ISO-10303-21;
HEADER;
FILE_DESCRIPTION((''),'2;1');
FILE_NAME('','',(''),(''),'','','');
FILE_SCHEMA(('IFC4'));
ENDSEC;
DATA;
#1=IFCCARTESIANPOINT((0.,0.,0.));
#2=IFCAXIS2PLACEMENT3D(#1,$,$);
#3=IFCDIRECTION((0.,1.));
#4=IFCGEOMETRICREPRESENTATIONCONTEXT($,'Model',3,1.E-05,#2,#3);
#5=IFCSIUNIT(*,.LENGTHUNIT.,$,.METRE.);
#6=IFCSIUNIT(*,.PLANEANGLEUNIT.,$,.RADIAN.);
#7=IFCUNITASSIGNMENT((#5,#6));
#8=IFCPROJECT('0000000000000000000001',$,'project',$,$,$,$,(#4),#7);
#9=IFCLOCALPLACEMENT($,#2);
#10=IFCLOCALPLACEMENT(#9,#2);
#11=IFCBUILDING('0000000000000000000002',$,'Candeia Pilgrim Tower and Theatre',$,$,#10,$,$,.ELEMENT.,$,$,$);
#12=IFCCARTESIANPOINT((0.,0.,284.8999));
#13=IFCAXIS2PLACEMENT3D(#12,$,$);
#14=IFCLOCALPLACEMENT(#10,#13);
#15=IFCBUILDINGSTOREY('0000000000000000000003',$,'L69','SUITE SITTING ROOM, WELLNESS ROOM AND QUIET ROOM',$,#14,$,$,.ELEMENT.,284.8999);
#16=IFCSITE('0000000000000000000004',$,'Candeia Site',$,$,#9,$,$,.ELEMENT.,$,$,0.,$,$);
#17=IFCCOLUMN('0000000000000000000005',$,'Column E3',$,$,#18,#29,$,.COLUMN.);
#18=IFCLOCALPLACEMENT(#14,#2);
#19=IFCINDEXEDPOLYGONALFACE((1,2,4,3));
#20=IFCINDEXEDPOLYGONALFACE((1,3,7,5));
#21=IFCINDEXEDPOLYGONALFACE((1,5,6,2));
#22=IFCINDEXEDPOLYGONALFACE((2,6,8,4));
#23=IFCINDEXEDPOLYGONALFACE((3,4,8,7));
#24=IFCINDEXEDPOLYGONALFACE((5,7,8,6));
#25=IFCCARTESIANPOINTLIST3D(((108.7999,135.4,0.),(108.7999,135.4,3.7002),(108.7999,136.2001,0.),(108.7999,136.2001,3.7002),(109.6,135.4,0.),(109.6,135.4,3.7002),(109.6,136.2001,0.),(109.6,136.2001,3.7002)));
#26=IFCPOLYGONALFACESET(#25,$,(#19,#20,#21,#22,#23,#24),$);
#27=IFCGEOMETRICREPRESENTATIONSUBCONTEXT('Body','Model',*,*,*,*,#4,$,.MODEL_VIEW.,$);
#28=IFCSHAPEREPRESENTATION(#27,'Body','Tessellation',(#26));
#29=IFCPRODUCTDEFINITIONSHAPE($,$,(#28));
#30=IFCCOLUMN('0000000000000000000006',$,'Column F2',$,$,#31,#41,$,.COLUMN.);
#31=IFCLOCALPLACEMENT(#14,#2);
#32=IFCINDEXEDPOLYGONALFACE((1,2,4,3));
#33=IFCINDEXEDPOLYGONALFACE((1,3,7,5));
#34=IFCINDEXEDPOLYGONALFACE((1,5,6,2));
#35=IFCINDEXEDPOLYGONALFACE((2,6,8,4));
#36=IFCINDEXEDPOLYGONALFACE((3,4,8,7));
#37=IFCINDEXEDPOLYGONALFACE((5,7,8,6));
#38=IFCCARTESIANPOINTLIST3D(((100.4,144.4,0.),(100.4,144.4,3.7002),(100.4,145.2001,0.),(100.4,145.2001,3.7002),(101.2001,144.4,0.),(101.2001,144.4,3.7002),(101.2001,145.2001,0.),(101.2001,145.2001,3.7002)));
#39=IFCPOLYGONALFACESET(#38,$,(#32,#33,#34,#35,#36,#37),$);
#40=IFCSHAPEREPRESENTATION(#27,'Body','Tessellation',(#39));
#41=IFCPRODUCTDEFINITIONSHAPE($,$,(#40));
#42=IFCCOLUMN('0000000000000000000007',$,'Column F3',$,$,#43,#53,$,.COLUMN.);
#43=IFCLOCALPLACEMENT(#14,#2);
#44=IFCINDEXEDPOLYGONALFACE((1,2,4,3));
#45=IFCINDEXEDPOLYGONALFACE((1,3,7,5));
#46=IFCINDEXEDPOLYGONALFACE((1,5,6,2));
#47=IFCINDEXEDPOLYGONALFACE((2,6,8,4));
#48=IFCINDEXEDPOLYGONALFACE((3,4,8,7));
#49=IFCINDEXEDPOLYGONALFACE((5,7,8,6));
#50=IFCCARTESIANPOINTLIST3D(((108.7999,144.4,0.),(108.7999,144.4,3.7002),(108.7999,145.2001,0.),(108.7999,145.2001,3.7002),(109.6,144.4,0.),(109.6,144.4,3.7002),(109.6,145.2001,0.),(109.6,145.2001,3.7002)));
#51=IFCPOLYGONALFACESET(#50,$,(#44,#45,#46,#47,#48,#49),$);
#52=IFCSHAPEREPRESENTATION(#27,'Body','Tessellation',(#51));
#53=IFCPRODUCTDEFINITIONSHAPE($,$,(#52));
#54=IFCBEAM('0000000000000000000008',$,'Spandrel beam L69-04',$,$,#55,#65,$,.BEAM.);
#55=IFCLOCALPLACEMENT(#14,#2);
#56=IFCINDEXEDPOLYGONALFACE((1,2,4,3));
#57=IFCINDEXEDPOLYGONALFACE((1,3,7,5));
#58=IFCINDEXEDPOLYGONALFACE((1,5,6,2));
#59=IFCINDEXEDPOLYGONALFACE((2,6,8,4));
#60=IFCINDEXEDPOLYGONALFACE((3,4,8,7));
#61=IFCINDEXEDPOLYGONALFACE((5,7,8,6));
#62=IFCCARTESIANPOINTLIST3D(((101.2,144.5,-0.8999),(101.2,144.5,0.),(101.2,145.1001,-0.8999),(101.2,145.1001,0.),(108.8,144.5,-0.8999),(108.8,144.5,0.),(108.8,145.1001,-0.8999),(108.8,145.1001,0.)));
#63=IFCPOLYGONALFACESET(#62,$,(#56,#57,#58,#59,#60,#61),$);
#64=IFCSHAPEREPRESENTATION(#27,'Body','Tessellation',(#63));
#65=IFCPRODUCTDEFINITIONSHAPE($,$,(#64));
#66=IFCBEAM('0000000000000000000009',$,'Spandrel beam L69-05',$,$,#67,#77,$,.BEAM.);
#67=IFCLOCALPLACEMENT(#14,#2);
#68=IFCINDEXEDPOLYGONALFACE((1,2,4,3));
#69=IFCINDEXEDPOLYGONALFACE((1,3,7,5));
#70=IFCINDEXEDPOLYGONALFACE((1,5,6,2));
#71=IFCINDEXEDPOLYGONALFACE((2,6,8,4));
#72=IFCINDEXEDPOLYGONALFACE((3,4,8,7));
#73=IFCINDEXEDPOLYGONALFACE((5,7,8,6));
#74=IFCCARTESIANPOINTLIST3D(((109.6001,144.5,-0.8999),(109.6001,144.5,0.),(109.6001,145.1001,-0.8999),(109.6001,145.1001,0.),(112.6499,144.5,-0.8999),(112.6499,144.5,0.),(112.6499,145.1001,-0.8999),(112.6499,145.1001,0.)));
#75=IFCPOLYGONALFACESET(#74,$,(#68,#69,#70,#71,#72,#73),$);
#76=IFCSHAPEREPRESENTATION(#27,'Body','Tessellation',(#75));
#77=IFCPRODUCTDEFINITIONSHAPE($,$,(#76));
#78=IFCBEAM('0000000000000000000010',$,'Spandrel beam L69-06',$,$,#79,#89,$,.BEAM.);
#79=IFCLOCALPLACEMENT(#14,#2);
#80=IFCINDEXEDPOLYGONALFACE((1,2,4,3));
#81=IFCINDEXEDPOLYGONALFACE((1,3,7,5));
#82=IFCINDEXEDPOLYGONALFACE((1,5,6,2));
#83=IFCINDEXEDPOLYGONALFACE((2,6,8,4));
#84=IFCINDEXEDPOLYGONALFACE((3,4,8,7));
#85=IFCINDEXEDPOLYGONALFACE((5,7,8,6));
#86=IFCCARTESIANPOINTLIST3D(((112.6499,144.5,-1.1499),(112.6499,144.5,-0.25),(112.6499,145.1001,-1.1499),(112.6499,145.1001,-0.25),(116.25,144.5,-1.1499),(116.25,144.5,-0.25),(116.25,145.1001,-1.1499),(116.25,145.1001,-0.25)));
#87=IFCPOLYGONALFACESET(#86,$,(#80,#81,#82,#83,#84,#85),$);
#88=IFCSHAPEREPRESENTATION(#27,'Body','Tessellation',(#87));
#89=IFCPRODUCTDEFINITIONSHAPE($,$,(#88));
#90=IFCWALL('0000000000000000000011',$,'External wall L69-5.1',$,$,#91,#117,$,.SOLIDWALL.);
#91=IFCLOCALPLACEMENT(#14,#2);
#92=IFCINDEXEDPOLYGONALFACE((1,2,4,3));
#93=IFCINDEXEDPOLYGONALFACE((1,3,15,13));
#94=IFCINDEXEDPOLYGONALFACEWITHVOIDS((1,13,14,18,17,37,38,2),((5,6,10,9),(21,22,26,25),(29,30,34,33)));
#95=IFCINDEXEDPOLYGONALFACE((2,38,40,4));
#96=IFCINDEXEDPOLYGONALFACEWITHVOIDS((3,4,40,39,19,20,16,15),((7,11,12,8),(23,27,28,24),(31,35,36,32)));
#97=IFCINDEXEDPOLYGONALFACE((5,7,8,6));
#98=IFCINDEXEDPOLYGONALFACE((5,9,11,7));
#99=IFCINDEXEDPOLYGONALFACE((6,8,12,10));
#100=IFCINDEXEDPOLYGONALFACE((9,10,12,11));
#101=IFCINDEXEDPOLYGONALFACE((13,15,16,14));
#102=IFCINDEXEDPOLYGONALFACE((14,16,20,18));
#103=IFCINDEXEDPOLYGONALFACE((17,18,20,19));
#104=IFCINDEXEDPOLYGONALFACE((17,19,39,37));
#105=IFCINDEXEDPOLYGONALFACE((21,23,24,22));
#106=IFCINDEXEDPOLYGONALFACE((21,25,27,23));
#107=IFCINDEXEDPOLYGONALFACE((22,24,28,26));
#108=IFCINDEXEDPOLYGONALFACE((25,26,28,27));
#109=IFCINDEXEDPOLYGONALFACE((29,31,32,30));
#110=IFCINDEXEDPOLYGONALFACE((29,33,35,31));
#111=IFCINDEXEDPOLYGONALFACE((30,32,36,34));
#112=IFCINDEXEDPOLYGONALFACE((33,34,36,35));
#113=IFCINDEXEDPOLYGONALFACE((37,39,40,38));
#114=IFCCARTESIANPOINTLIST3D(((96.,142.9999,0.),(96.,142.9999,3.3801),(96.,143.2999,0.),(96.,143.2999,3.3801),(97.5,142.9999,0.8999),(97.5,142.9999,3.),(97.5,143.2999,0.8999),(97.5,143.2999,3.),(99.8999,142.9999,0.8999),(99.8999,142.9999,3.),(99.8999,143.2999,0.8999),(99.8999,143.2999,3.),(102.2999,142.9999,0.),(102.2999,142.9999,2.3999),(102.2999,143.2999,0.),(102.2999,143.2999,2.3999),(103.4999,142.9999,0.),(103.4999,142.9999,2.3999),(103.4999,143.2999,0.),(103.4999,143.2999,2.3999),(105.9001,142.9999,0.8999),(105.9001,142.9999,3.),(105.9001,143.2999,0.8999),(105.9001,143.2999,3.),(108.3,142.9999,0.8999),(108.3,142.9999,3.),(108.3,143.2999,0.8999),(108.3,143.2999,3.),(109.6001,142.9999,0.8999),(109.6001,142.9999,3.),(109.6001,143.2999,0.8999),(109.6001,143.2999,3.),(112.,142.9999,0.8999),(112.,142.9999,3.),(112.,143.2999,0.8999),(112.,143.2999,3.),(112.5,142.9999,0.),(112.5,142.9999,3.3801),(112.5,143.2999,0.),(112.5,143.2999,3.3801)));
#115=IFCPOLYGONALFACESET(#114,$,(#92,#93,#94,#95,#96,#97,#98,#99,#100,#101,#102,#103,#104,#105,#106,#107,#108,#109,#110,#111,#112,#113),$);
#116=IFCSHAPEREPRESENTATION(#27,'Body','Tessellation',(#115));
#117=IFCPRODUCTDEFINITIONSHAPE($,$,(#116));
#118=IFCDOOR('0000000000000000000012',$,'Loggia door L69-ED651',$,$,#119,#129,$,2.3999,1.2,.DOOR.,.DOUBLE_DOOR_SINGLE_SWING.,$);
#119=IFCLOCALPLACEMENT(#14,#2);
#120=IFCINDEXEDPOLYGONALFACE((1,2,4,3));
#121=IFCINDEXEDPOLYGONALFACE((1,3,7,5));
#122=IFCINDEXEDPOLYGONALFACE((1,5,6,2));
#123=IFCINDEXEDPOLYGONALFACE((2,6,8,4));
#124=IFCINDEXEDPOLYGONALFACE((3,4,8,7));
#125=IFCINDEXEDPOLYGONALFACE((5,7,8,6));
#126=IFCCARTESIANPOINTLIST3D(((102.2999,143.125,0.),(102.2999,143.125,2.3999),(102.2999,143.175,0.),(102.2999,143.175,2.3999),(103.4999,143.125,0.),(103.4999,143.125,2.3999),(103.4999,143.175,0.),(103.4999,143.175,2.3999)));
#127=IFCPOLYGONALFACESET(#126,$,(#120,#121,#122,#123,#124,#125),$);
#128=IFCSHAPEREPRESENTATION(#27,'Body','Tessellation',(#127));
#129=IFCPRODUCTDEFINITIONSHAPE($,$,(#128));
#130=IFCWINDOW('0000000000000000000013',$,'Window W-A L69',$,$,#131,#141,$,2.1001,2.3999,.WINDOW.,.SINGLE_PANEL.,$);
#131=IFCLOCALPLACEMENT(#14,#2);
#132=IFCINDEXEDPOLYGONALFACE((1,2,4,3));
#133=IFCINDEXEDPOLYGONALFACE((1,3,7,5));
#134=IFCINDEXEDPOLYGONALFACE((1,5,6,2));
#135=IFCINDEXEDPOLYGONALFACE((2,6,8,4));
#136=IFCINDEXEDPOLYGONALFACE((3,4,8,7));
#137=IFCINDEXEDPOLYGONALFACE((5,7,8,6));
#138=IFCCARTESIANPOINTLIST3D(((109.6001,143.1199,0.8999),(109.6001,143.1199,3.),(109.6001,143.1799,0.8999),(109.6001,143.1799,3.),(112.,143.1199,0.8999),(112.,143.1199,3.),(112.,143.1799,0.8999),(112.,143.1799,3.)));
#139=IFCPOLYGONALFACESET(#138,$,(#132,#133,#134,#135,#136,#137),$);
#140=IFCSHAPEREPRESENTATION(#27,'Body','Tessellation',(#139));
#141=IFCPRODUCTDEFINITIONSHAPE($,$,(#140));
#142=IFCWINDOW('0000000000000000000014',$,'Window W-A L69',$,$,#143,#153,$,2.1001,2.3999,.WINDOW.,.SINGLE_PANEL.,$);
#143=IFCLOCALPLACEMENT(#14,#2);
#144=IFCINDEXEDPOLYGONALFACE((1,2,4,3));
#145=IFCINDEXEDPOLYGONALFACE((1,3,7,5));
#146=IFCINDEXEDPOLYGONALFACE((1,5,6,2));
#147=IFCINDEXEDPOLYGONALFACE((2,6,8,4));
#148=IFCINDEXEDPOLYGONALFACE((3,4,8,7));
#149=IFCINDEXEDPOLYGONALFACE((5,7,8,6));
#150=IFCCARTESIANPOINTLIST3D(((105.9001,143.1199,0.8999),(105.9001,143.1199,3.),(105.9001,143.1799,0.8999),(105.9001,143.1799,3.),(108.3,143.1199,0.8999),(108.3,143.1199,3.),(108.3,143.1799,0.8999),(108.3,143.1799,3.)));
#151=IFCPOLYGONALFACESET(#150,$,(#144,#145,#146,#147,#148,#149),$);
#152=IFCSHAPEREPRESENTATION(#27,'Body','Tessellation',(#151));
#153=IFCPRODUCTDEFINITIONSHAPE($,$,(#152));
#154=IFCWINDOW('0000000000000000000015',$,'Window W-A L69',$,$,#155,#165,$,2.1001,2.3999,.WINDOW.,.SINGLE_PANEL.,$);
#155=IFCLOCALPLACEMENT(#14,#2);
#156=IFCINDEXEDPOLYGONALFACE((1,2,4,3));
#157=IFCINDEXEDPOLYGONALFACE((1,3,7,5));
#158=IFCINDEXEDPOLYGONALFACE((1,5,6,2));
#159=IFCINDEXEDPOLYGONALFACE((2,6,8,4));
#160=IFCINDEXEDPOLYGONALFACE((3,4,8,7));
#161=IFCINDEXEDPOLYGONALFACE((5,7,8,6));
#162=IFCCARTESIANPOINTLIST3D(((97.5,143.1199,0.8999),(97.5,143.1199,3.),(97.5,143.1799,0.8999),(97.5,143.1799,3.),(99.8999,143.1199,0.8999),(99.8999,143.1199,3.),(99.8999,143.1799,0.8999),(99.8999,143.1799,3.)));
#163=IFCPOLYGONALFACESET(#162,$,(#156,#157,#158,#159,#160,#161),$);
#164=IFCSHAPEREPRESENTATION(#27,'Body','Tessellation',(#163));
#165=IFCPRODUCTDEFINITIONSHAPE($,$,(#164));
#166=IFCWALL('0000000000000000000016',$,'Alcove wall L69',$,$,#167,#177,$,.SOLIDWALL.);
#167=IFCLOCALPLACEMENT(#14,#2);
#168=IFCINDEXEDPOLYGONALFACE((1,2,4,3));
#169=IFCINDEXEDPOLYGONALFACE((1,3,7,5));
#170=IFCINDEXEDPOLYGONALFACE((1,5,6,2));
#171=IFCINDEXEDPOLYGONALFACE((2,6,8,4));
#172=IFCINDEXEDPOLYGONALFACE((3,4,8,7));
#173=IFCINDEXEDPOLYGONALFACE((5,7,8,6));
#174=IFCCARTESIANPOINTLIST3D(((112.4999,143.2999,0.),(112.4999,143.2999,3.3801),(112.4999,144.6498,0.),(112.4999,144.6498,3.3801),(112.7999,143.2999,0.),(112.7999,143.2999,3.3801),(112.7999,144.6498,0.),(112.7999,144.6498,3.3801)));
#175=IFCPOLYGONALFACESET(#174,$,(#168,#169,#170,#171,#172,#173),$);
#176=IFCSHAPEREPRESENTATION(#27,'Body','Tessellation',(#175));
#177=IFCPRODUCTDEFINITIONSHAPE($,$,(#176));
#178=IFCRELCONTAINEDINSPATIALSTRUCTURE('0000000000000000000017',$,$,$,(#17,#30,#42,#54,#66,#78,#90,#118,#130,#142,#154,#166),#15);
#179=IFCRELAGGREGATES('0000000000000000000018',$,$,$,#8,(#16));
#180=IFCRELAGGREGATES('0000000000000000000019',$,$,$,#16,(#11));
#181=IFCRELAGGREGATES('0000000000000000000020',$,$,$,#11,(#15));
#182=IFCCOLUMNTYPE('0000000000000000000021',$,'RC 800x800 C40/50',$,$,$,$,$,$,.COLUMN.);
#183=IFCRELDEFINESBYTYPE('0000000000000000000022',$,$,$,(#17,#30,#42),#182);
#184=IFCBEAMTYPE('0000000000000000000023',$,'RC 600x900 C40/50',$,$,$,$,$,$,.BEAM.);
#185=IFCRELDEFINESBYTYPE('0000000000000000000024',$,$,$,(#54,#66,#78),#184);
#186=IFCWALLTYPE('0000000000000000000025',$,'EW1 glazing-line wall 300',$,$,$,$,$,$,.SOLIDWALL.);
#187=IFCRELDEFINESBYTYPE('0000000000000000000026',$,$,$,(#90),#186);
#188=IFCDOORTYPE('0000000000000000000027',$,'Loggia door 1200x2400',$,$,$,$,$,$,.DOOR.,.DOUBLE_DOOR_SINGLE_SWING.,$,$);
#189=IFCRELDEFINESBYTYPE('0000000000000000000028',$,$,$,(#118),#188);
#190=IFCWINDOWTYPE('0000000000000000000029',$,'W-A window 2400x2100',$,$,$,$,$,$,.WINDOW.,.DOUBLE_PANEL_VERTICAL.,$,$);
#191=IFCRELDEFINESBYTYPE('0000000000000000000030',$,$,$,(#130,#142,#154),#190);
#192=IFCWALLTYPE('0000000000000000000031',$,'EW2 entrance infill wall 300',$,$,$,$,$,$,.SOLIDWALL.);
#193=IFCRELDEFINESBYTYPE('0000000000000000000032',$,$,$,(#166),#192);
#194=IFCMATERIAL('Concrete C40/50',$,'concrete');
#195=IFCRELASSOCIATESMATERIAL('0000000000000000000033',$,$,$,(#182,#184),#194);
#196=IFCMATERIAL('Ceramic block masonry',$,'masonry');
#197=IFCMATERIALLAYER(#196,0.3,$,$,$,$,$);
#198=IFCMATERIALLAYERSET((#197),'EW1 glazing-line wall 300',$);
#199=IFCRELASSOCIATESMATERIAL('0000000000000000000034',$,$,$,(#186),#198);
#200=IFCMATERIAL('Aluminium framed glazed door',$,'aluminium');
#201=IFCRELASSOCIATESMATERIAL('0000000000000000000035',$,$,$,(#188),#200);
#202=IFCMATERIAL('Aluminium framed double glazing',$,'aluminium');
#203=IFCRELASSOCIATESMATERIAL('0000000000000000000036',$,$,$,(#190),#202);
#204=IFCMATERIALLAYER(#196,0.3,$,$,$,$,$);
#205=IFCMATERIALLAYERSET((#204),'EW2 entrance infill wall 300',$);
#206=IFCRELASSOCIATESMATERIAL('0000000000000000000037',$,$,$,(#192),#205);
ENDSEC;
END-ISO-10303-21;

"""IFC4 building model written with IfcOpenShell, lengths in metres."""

from ifc_helpers import new_model, si_unit, direction, frame, frame_2d, origin, origin_2d, place, context, subcontext, project, spatial, rectangle, extrude, material, layer, layer_set, material_profile, profile_set, type_object, element, fill, save


model = new_model("IFC4")

# Units and contexts
model_context = context("Model", 3, precision=1e-05, world=origin(), true_north=direction((0.0, 1.0)))
body_context = subcontext(model_context, "Body", "Model", "MODEL_VIEW")
ifc_project = project(units=[si_unit("LENGTHUNIT", "METRE"), si_unit("PLANEANGLEUNIT", "RADIAN")], contexts=[model_context])

# Site, building, storey
site_placement = place(None, origin())
site = spatial("IfcSite", under=ifc_project, at=site_placement, Name="Candeia Site", CompositionType="ELEMENT", RefElevation=0.0)
building_placement = place(site_placement, origin())
building = spatial("IfcBuilding", under=site, at=building_placement, Name="Candeia Pilgrim Tower and Theatre", CompositionType="ELEMENT")
storey_placement = place(building_placement, frame((0.0, 0.0, 284.8999)))
storey = spatial("IfcBuildingStorey", under=building, at=storey_placement, Name="L69", Description="SUITE SITTING ROOM, WELLNESS ROOM AND QUIET ROOM", CompositionType="ELEMENT", Elevation=284.8999)

# Columns
ifc_material_1 = material(Name="Concrete C40/50", Category="concrete")
ifc_material_profile_1 = material_profile(ifc_material_1, rectangle(XDim=0.8, YDim=0.8, at=origin_2d()))
ifc_profile_set_1 = profile_set([ifc_material_profile_1], Name="Concrete C40/50")
column_type = type_object("IfcColumnType", Name="RC 800x800 C40/50", PredefinedType="COLUMN", material=ifc_profile_set_1)
for number, where, z_axis, x_axis, name in (
    (1, (109.2, 135.8, 0.0), (0.0, 0.0, 1.0), (1.0, 0.0, 0.0), "Column E3"),
    (2, (100.8, 144.8, 0.0), (0.0, 0.0, 1.0), (1.0, 0.0, 0.0), "Column F2"),
    (3, (109.2, 144.8, 0.0), (0.0, 0.0, 1.0), (1.0, 0.0, 0.0), "Column F3"),
):
    element("IfcColumn", number, at=place(storey_placement, frame(where, z_axis=z_axis, x_axis=x_axis)), inside=storey, type_object=column_type, Name=name, PredefinedType="COLUMN", context=body_context, shape_type="SweptSolid", body=[
        extrude(rectangle(XDim=0.8, YDim=0.8, at=origin_2d()), origin(), (0.0, 0.0, 1.0), 3.7002),
    ])

# Beams
ifc_material_profile_2 = material_profile(ifc_material_1, rectangle(XDim=0.6001, YDim=0.8999, at=origin_2d()))
ifc_profile_set_2 = profile_set([ifc_material_profile_2], Name="Concrete C40/50")
beam_type = type_object("IfcBeamType", Name="RC 600x900 C40/50", PredefinedType="BEAM", material=ifc_profile_set_2)
beam_1_placement = place(storey_placement, frame((101.2, 144.8, -0.45), z_axis=(1.0, 0.0, 0.0), x_axis=(0.0, 1.0, 0.0)))
element("IfcBeam", 4, at=beam_1_placement, inside=storey, type_object=beam_type, Name="Spandrel beam L69-04", PredefinedType="BEAM", context=body_context, shape_type="SweptSolid", body=[
    extrude(rectangle(XDim=0.6001, YDim=0.8999, at=origin_2d()), origin(), (0.0, 0.0, 1.0), 7.6001),
])
beam_2_placement = place(storey_placement, frame((109.6001, 144.8, -0.45), z_axis=(1.0, 0.0, 0.0), x_axis=(0.0, 1.0, 0.0)))
element("IfcBeam", 5, at=beam_2_placement, inside=storey, type_object=beam_type, Name="Spandrel beam L69-05", PredefinedType="BEAM", context=body_context, shape_type="SweptSolid", body=[
    extrude(rectangle(XDim=0.6001, YDim=0.8999, at=origin_2d()), origin(), (0.0, 0.0, 1.0), 3.0498),
])
beam_3_placement = place(storey_placement, frame((112.6499, 144.8, -0.7), z_axis=(1.0, 0.0, 0.0), x_axis=(0.0, 1.0, 0.0)))
element("IfcBeam", 6, at=beam_3_placement, inside=storey, type_object=beam_type, Name="Spandrel beam L69-06", PredefinedType="BEAM", context=body_context, shape_type="SweptSolid", body=[
    extrude(rectangle(XDim=0.6001, YDim=0.8999, at=origin_2d()), origin(), (0.0, 0.0, 1.0), 3.6001),
])

# Wall, openings, door, windows
ifc_material_2 = material(Name="Ceramic block masonry", Category="masonry")
ifc_layer_1 = layer(ifc_material_2, 0.3)
ifc_layer_set_1 = layer_set([ifc_layer_1], Name="EW1 glazing-line wall 300")
wall_type_1 = type_object("IfcWallType", Name="EW1 glazing-line wall 300", PredefinedType="SOLIDWALL", material=ifc_layer_set_1)
wall_1_placement = place(storey_placement, frame((112.5, 143.1499, 0.0), z_axis=(0.0, 0.0, 1.0), x_axis=(-1.0, 0.0, 0.0)))
wall_1 = element("IfcWall", 7, at=wall_1_placement, inside=storey, type_object=wall_type_1, Name="External wall L69-5.1", PredefinedType="SOLIDWALL", context=body_context, shape_type="SweptSolid", body=[
    extrude(rectangle(XDim=16.5, YDim=0.3, at=frame_2d((8.25, 0.0))), origin(), (0.0, 0.0, 1.0), 3.3801),
])
opening_1_placement = place(wall_1_placement, frame((0.5, 0.0, 0.8999)))
opening_1 = element("IfcOpeningElement", 8, at=opening_1_placement, cuts=wall_1, PredefinedType="OPENING", context=body_context, shape_type="SweptSolid", body=[
    extrude(rectangle(XDim=2.3999, YDim=2.1001, at=frame_2d((1.2, 1.05))), frame((0.0, 0.1602, 0.0), z_axis=(0.0, -1.0, 0.0), x_axis=(1.0, 0.0, 0.0)), (0.0, 0.0, 1.0), 0.3201),
])
opening_2_placement = place(wall_1_placement, frame((4.2, 0.0, 0.8999)))
opening_2 = element("IfcOpeningElement", 9, at=opening_2_placement, cuts=wall_1, PredefinedType="OPENING", context=body_context, shape_type="SweptSolid", body=[
    extrude(rectangle(XDim=2.3999, YDim=2.1001, at=frame_2d((1.2, 1.05))), frame((0.0, 0.1602, 0.0), z_axis=(0.0, -1.0, 0.0), x_axis=(1.0, 0.0, 0.0)), (0.0, 0.0, 1.0), 0.3201),
])
opening_3_placement = place(wall_1_placement, frame((9.0, 0.0, 0.0)))
opening_3 = element("IfcOpeningElement", 10, at=opening_3_placement, cuts=wall_1, PredefinedType="OPENING", context=body_context, shape_type="SweptSolid", body=[
    extrude(rectangle(XDim=1.2, YDim=2.3999, at=frame_2d((0.6001, 1.2))), frame((0.0, 0.1602, 0.0), z_axis=(0.0, -1.0, 0.0), x_axis=(1.0, 0.0, 0.0)), (0.0, 0.0, 1.0), 0.3201),
])
opening_4_placement = place(wall_1_placement, frame((12.6001, 0.0, 0.8999)))
opening_4 = element("IfcOpeningElement", 11, at=opening_4_placement, cuts=wall_1, PredefinedType="OPENING", context=body_context, shape_type="SweptSolid", body=[
    extrude(rectangle(XDim=2.3999, YDim=2.1001, at=frame_2d((1.2, 1.05))), frame((0.0, 0.1602, 0.0), z_axis=(0.0, -1.0, 0.0), x_axis=(1.0, 0.0, 0.0)), (0.0, 0.0, 1.0), 0.3201),
])
ifc_material_3 = material(Name="Aluminium framed glazed door", Category="aluminium")
door_type_1 = type_object("IfcDoorType", Name="Loggia door 1200x2400", OperationType="DOUBLE_DOOR_SINGLE_SWING", PredefinedType="DOOR", material=ifc_material_3)
door_1_placement = place(opening_3_placement, origin())
door_1 = element("IfcDoor", 12, at=door_1_placement, inside=storey, type_object=door_type_1, Name="Loggia door L69-ED651", OperationType="DOUBLE_DOOR_SINGLE_SWING", OverallHeight=2.3999, OverallWidth=1.2, PredefinedType="DOOR", context=body_context, shape_type="SweptSolid", body=[
    extrude(rectangle(XDim=1.2, YDim=2.3999, at=frame_2d((0.6001, 1.2))), frame((0.0, 0.0249, 0.0), z_axis=(0.0, -1.0, 0.0), x_axis=(1.0, 0.0, 0.0)), (0.0, 0.0, 1.0), 0.05),
])
fill(opening_3, door_1)
ifc_material_4 = material(Name="Aluminium framed double glazing", Category="aluminium")
window_type = type_object("IfcWindowType", Name="W-A window 2400x2100", PartitioningType="DOUBLE_PANEL_VERTICAL", PredefinedType="WINDOW", material=ifc_material_4)
window_1_placement = place(opening_1_placement, origin())
window_1 = element("IfcWindow", 13, at=window_1_placement, inside=storey, type_object=window_type, Name="Window W-A L69", OverallHeight=2.1001, OverallWidth=2.3999, PartitioningType="SINGLE_PANEL", PredefinedType="WINDOW", context=body_context, shape_type="SweptSolid", body=[
    extrude(rectangle(XDim=2.3999, YDim=2.1001, at=frame_2d((1.2, 1.05))), frame((0.0, 0.03, 0.0), z_axis=(0.0, -1.0, 0.0), x_axis=(1.0, 0.0, 0.0)), (0.0, 0.0, 1.0), 0.0601),
])
fill(opening_1, window_1)
window_2_placement = place(opening_2_placement, origin())
window_2 = element("IfcWindow", 14, at=window_2_placement, inside=storey, type_object=window_type, Name="Window W-A L69", OverallHeight=2.1001, OverallWidth=2.3999, PartitioningType="SINGLE_PANEL", PredefinedType="WINDOW", context=body_context, shape_type="SweptSolid", body=[
    extrude(rectangle(XDim=2.3999, YDim=2.1001, at=frame_2d((1.2, 1.05))), frame((0.0, 0.03, 0.0), z_axis=(0.0, -1.0, 0.0), x_axis=(1.0, 0.0, 0.0)), (0.0, 0.0, 1.0), 0.0601),
])
fill(opening_2, window_2)
window_3_placement = place(opening_4_placement, origin())
window_3 = element("IfcWindow", 15, at=window_3_placement, inside=storey, type_object=window_type, Name="Window W-A L69", OverallHeight=2.1001, OverallWidth=2.3999, PartitioningType="SINGLE_PANEL", PredefinedType="WINDOW", context=body_context, shape_type="SweptSolid", body=[
    extrude(rectangle(XDim=2.3999, YDim=2.1001, at=frame_2d((1.2, 1.05))), frame((0.0, 0.03, 0.0), z_axis=(0.0, -1.0, 0.0), x_axis=(1.0, 0.0, 0.0)), (0.0, 0.0, 1.0), 0.0601),
])
fill(opening_4, window_3)

# Wall
ifc_layer_2 = layer(ifc_material_2, 0.3)
ifc_layer_set_2 = layer_set([ifc_layer_2], Name="EW2 entrance infill wall 300")
wall_type_2 = type_object("IfcWallType", Name="EW2 entrance infill wall 300", PredefinedType="SOLIDWALL", material=ifc_layer_set_2)
wall_2_placement = place(storey_placement, frame((112.6499, 143.3, 0.0), z_axis=(0.0, 0.0, 1.0), x_axis=(0.0, 1.0, 0.0)))
element("IfcWall", 16, at=wall_2_placement, inside=storey, type_object=wall_type_2, Name="Alcove wall L69", PredefinedType="SOLIDWALL", context=body_context, shape_type="SweptSolid", body=[
    extrude(rectangle(XDim=1.3499, YDim=0.3, at=frame_2d((0.6748, 0.0))), origin(), (0.0, 0.0, 1.0), 3.3801),
])

save(model, "model.ifc")
